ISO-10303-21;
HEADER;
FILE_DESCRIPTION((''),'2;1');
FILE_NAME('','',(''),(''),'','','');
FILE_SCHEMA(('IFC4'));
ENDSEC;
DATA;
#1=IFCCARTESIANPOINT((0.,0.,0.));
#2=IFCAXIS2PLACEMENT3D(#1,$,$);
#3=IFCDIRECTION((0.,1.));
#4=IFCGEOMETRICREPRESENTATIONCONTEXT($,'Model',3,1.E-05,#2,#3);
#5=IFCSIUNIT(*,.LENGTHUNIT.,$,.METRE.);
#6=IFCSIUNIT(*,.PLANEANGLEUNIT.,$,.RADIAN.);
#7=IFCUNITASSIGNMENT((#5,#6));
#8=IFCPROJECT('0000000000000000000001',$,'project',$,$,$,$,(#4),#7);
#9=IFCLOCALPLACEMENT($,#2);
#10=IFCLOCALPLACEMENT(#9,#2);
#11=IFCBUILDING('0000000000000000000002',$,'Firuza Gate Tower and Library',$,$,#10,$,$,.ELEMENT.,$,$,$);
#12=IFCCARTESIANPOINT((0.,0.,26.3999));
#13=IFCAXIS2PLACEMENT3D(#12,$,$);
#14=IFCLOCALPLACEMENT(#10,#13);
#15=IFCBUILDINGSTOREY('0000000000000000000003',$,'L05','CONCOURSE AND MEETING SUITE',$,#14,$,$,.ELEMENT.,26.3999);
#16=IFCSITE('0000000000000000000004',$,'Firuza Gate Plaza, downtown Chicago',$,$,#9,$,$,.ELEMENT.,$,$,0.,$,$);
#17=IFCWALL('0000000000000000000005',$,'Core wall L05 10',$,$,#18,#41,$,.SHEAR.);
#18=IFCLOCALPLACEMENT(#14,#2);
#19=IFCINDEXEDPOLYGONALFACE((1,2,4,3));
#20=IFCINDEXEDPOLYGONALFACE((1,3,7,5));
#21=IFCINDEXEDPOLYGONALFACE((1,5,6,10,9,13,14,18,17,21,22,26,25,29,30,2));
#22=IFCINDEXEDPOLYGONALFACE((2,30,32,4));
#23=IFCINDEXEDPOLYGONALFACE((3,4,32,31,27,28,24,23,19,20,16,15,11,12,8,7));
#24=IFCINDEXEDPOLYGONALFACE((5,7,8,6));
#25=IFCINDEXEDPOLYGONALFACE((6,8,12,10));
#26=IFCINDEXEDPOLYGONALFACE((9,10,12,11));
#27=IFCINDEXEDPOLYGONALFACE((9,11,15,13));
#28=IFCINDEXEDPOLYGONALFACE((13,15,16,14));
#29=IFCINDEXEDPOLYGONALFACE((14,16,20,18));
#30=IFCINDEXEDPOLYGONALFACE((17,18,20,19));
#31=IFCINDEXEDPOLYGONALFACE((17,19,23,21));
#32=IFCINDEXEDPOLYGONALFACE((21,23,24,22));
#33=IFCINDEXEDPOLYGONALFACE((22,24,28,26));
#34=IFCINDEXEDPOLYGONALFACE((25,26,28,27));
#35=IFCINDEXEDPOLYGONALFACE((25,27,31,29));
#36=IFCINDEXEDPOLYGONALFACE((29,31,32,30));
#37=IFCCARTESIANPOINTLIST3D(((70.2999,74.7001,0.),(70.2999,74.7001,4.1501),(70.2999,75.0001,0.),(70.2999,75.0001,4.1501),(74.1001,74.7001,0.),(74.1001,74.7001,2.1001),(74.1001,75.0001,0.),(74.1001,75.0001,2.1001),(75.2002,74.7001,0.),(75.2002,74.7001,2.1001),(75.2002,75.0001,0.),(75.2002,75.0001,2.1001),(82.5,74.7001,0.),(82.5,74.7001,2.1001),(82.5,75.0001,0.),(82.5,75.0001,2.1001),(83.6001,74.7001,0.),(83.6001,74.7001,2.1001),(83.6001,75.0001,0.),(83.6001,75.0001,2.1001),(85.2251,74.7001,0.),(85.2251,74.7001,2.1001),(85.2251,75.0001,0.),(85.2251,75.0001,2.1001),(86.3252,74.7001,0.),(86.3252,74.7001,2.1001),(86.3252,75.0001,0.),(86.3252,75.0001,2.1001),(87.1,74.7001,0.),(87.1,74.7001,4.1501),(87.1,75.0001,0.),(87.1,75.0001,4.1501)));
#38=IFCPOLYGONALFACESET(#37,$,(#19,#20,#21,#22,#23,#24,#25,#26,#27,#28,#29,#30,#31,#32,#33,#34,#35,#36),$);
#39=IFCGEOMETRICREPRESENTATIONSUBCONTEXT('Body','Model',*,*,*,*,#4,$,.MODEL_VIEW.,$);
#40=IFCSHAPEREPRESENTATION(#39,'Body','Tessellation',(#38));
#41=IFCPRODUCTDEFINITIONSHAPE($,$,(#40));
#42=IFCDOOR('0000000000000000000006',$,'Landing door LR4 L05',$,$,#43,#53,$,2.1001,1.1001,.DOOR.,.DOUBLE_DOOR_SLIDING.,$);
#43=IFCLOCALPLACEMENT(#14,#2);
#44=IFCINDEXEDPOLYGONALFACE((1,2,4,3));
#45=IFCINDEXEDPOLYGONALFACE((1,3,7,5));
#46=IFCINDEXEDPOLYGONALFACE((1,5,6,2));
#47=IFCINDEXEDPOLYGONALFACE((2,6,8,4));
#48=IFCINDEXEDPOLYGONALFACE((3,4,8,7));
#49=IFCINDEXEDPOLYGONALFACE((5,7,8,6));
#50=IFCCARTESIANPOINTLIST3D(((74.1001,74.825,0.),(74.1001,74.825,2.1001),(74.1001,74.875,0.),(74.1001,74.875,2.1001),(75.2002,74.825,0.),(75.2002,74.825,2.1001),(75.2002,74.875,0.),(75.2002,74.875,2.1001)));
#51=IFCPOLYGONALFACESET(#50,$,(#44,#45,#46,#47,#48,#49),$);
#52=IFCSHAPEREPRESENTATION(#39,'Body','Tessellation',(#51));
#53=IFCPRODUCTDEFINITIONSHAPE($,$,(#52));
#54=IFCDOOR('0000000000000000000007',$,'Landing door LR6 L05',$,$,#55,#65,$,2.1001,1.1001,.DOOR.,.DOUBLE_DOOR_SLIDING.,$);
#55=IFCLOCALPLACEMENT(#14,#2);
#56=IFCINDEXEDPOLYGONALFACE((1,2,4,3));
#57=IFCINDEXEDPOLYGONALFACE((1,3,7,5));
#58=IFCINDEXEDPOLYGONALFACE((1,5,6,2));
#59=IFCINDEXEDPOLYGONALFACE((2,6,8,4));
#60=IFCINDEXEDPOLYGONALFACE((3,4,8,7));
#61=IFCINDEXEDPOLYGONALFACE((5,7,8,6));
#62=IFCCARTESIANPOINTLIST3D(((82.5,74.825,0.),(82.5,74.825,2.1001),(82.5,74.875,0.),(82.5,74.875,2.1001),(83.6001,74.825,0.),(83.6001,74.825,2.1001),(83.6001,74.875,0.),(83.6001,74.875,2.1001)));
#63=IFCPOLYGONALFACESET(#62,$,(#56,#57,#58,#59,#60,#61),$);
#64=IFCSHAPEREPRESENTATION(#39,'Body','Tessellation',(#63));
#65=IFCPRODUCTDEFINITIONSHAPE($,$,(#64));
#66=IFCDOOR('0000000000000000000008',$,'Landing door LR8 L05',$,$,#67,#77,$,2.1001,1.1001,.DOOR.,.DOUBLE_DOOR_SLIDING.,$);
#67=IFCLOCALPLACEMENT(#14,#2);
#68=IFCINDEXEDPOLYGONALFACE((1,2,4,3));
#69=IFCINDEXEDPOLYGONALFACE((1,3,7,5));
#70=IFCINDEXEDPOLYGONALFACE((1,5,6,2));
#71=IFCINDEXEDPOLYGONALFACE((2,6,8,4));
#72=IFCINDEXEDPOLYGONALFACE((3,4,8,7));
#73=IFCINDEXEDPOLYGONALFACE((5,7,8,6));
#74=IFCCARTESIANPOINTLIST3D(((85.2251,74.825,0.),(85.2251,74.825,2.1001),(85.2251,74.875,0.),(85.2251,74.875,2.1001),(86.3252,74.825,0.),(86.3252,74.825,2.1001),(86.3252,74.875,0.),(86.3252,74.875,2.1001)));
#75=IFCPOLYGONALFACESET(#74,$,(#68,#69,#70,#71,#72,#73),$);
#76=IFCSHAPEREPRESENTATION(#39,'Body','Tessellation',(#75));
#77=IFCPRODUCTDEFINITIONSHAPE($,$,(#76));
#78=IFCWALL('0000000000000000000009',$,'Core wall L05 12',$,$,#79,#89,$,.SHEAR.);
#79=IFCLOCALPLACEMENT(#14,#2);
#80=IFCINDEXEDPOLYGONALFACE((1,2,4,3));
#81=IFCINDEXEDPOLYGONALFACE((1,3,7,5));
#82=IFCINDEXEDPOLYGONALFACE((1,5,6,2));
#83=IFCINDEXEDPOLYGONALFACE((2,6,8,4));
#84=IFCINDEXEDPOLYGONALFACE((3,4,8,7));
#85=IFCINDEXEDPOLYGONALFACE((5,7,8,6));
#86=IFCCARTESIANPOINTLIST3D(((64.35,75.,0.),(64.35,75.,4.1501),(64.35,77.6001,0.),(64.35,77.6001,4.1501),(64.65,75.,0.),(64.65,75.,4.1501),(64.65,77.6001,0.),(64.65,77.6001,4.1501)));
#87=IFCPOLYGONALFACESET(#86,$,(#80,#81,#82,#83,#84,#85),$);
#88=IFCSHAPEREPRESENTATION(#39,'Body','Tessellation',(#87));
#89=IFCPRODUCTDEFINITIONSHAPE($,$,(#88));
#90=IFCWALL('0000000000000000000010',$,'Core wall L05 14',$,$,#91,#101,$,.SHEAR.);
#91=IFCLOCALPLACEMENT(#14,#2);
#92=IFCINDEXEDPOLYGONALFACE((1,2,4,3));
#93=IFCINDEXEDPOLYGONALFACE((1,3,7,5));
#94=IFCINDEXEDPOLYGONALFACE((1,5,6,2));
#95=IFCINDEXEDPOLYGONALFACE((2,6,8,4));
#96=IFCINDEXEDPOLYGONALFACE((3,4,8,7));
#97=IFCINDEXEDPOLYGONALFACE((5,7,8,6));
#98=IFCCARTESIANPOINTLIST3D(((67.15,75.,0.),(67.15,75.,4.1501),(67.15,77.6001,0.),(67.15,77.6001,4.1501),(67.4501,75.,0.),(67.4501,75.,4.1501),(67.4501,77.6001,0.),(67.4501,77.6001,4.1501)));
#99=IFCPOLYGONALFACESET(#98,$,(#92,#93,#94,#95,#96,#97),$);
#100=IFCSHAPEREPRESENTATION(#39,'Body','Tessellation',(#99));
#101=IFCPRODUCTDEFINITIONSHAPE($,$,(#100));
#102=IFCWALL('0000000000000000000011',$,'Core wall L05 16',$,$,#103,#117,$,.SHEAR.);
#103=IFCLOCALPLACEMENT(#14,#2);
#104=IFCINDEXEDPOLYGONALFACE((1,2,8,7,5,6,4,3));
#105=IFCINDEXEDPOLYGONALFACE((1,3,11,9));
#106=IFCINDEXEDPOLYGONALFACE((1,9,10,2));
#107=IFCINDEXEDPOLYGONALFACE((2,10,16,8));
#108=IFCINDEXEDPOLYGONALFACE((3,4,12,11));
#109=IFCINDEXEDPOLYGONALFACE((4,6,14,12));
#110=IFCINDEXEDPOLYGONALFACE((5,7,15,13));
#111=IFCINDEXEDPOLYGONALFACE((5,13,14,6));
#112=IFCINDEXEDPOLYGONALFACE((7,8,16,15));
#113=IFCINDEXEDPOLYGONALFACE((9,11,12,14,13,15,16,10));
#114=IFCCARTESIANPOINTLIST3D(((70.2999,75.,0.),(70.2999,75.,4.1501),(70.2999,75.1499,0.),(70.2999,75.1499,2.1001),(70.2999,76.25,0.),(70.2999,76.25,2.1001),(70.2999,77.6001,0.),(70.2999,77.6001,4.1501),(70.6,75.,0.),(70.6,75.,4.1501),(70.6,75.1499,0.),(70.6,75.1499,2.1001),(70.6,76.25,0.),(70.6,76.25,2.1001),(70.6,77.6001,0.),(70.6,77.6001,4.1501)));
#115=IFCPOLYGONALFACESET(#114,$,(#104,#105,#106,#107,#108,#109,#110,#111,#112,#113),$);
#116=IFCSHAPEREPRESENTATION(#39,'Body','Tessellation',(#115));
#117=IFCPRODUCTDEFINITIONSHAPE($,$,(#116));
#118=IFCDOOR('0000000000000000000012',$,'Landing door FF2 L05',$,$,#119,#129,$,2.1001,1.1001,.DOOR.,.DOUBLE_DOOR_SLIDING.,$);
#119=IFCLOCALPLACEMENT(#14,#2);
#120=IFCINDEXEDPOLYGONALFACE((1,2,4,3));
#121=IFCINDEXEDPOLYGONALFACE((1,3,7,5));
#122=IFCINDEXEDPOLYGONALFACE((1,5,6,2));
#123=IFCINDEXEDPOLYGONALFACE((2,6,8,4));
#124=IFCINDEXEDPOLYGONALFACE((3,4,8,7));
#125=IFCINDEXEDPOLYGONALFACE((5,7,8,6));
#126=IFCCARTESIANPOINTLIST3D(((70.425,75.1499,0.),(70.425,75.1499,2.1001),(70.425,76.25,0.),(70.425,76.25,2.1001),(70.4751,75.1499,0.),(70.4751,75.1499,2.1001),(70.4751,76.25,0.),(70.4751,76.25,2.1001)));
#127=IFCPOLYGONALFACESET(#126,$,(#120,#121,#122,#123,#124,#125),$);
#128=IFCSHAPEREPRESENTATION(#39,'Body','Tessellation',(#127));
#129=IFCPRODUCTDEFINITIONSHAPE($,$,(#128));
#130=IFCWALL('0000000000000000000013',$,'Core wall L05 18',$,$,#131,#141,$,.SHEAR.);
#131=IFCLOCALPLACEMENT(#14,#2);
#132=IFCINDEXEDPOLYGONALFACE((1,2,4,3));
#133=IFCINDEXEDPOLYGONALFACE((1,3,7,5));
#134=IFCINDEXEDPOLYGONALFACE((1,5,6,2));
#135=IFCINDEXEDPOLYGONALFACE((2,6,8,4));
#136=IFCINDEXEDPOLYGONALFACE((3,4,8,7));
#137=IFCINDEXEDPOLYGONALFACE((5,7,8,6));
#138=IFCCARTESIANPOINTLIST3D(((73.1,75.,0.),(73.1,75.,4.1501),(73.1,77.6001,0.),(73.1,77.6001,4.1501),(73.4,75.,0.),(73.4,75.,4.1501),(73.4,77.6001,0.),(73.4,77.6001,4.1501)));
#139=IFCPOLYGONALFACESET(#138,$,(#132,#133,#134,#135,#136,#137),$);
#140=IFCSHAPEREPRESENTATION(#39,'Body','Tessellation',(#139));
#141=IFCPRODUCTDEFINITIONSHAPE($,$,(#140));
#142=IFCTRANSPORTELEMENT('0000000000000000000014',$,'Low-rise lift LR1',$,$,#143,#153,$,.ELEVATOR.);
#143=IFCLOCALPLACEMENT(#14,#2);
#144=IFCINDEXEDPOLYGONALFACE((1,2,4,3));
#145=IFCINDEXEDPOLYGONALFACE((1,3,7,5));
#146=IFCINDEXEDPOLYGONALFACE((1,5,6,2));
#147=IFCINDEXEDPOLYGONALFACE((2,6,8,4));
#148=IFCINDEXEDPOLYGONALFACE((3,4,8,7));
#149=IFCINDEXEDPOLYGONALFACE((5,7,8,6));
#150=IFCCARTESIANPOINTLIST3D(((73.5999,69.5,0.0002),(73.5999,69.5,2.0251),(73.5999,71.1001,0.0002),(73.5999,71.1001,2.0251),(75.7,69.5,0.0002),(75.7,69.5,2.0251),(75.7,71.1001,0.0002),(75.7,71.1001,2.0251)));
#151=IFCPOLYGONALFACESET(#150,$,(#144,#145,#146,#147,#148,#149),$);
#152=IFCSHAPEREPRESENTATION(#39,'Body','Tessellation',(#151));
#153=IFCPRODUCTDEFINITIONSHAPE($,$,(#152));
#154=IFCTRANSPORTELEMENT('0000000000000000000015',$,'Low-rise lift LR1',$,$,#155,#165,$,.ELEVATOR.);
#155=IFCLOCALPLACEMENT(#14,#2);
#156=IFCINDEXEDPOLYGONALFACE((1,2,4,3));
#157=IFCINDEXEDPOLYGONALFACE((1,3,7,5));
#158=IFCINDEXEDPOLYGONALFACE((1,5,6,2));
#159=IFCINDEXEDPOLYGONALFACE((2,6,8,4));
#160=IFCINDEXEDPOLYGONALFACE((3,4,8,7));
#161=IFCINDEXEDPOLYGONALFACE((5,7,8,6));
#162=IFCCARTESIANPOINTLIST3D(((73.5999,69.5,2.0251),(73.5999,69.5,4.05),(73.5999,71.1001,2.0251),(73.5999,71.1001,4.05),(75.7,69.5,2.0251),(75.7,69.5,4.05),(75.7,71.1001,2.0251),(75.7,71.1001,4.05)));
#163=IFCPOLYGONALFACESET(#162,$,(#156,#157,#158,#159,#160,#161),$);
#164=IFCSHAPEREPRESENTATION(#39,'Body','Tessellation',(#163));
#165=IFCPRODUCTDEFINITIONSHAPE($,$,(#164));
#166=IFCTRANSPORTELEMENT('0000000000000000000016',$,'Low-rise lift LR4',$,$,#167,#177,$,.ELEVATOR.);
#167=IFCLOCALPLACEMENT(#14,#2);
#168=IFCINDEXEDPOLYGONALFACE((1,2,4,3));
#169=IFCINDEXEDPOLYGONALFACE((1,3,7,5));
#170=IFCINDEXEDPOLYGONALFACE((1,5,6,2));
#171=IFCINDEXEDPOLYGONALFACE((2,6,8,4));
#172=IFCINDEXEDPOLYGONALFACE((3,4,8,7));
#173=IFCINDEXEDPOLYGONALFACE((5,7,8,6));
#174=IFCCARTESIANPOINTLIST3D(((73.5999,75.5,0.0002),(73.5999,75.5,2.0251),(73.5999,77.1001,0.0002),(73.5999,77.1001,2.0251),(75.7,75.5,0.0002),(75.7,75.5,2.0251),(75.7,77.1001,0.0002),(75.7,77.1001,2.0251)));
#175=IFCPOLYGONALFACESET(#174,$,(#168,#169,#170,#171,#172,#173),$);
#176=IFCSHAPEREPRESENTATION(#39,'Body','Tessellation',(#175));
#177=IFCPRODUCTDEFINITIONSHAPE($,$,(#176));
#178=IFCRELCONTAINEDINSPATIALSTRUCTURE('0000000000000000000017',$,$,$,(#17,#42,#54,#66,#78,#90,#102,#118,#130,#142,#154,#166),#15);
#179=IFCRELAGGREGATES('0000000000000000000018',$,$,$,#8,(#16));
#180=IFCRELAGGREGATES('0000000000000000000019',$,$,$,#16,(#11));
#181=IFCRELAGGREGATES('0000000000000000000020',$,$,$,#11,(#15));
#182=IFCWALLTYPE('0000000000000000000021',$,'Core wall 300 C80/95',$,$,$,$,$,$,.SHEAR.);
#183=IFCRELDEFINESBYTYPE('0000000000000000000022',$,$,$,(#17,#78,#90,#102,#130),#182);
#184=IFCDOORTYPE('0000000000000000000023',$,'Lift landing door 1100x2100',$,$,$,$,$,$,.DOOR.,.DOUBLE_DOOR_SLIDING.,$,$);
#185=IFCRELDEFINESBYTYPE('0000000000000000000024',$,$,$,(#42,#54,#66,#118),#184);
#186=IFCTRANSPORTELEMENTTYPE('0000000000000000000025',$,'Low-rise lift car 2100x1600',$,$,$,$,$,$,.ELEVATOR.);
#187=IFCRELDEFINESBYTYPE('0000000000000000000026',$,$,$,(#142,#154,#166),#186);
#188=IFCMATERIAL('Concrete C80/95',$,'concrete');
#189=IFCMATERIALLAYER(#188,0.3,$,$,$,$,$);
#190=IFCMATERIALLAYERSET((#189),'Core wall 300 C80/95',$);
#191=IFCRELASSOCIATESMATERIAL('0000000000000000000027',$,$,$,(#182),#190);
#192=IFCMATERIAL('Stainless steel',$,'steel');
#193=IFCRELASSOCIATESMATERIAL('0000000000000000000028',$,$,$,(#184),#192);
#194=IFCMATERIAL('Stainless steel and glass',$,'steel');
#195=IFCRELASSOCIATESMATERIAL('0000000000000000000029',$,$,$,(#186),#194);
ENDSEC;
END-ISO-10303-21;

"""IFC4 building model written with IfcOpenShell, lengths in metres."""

from ifc_helpers import new_model, si_unit, direction, frame, frame_2d, origin, origin_2d, place, context, subcontext, project, spatial, rectangle, extrude, material, layer, layer_set, type_object, element, fill, save


model = new_model("IFC4")

# Units and contexts
model_context = context("Model", 3, precision=1e-05, world=origin(), true_north=direction((0.0, 1.0)))
body_context = subcontext(model_context, "Body", "Model", "MODEL_VIEW")
ifc_project = project(units=[si_unit("LENGTHUNIT", "METRE"), si_unit("PLANEANGLEUNIT", "RADIAN")], contexts=[model_context])

# Site, building, storey
site_placement = place(None, origin())
site = spatial("IfcSite", under=ifc_project, at=site_placement, Name="Firuza Gate Plaza, downtown Chicago", CompositionType="ELEMENT", RefElevation=0.0)
building_placement = place(site_placement, origin())
building = spatial("IfcBuilding", under=site, at=building_placement, Name="Firuza Gate Tower and Library", CompositionType="ELEMENT")
storey_placement = place(building_placement, frame((0.0, 0.0, 26.3999)))
storey = spatial("IfcBuildingStorey", under=building, at=storey_placement, Name="L05", Description="CONCOURSE AND MEETING SUITE", CompositionType="ELEMENT", Elevation=26.3999)

# Shared definitions
ifc_material_1 = material(Name="Concrete C80/95", Category="concrete")
ifc_layer_1 = layer(ifc_material_1, 0.3)
ifc_layer_set_1 = layer_set([ifc_layer_1], Name="Core wall 300 C80/95")
wall_type_1 = type_object("IfcWallType", Name="Core wall 300 C80/95", PredefinedType="SHEAR", material=ifc_layer_set_1)

# Shared definitions
ifc_material_2 = material(Name="Stainless steel", Category="steel")
door_type_1 = type_object("IfcDoorType", Name="Lift landing door 1100x2100", OperationType="DOUBLE_DOOR_SLIDING", PredefinedType="DOOR", material=ifc_material_2)

# Wall, openings, doors
wall_1_placement = place(storey_placement, frame((70.3, 74.8501, 0.0), z_axis=(0.0, 0.0, 1.0), x_axis=(1.0, 0.0, 0.0)))
wall_1 = element("IfcWall", 1, at=wall_1_placement, inside=storey, type_object=wall_type_1, Name="Core wall L05 10", PredefinedType="SHEAR", context=body_context, shape_type="SweptSolid", body=[
    extrude(rectangle(XDim=16.8, YDim=0.3, at=frame_2d((8.3999, 0.0))), origin(), (0.0, 0.0, 1.0), 4.1501),
])
opening_1_placement = place(wall_1_placement, frame((3.8, 0.0, 0.0)))
opening_1 = element("IfcOpeningElement", 2, at=opening_1_placement, cuts=wall_1, PredefinedType="OPENING", context=body_context, shape_type="SweptSolid", body=[
    extrude(rectangle(XDim=1.1001, YDim=2.1001, at=frame_2d((0.55, 1.05))), frame((0.0, 0.1602, 0.0), z_axis=(0.0, -1.0, 0.0), x_axis=(1.0, 0.0, 0.0)), (0.0, 0.0, 1.0), 0.3201),
])
opening_2_placement = place(wall_1_placement, frame((12.2, 0.0, 0.0)))
opening_2 = element("IfcOpeningElement", 3, at=opening_2_placement, cuts=wall_1, PredefinedType="OPENING", context=body_context, shape_type="SweptSolid", body=[
    extrude(rectangle(XDim=1.1001, YDim=2.1001, at=frame_2d((0.55, 1.05))), frame((0.0, 0.1602, 0.0), z_axis=(0.0, -1.0, 0.0), x_axis=(1.0, 0.0, 0.0)), (0.0, 0.0, 1.0), 0.3201),
])
opening_3_placement = place(wall_1_placement, frame((14.925, 0.0, 0.0)))
opening_3 = element("IfcOpeningElement", 4, at=opening_3_placement, cuts=wall_1, PredefinedType="OPENING", context=body_context, shape_type="SweptSolid", body=[
    extrude(rectangle(XDim=1.1001, YDim=2.1001, at=frame_2d((0.55, 1.05))), frame((0.0, 0.1602, 0.0), z_axis=(0.0, -1.0, 0.0), x_axis=(1.0, 0.0, 0.0)), (0.0, 0.0, 1.0), 0.3201),
])
door_1_placement = place(opening_1_placement, origin())
door_1 = element("IfcDoor", 5, at=door_1_placement, inside=storey, type_object=door_type_1, Name="Landing door LR4 L05", OperationType="DOUBLE_DOOR_SLIDING", OverallHeight=2.1001, OverallWidth=1.1001, PredefinedType="DOOR", context=body_context, shape_type="SweptSolid", body=[
    extrude(rectangle(XDim=1.1001, YDim=2.1001, at=frame_2d((0.55, 1.05))), frame((0.0, 0.0249, 0.0), z_axis=(0.0, -1.0, 0.0), x_axis=(1.0, 0.0, 0.0)), (0.0, 0.0, 1.0), 0.05),
])
fill(opening_1, door_1)
door_2_placement = place(opening_2_placement, origin())
door_2 = element("IfcDoor", 6, at=door_2_placement, inside=storey, type_object=door_type_1, Name="Landing door LR6 L05", OperationType="DOUBLE_DOOR_SLIDING", OverallHeight=2.1001, OverallWidth=1.1001, PredefinedType="DOOR", context=body_context, shape_type="SweptSolid", body=[
    extrude(rectangle(XDim=1.1001, YDim=2.1001, at=frame_2d((0.55, 1.05))), frame((0.0, 0.0249, 0.0), z_axis=(0.0, -1.0, 0.0), x_axis=(1.0, 0.0, 0.0)), (0.0, 0.0, 1.0), 0.05),
])
fill(opening_2, door_2)
door_3_placement = place(opening_3_placement, origin())
door_3 = element("IfcDoor", 7, at=door_3_placement, inside=storey, type_object=door_type_1, Name="Landing door LR8 L05", OperationType="DOUBLE_DOOR_SLIDING", OverallHeight=2.1001, OverallWidth=1.1001, PredefinedType="DOOR", context=body_context, shape_type="SweptSolid", body=[
    extrude(rectangle(XDim=1.1001, YDim=2.1001, at=frame_2d((0.55, 1.05))), frame((0.0, 0.0249, 0.0), z_axis=(0.0, -1.0, 0.0), x_axis=(1.0, 0.0, 0.0)), (0.0, 0.0, 1.0), 0.05),
])
fill(opening_3, door_3)

# Walls
for number, where, z_axis, x_axis, name in (
    (8, (64.5, 75.0, 0.0), (0.0, 0.0, 1.0), (0.0, 1.0, 0.0), "Core wall L05 12"),
    (9, (67.3, 75.0, 0.0), (0.0, 0.0, 1.0), (0.0, 1.0, 0.0), "Core wall L05 14"),
):
    element("IfcWall", number, at=place(storey_placement, frame(where, z_axis=z_axis, x_axis=x_axis)), inside=storey, type_object=wall_type_1, Name=name, PredefinedType="SHEAR", context=body_context, shape_type="SweptSolid", body=[
        extrude(rectangle(XDim=2.6001, YDim=0.3, at=frame_2d((1.3, 0.0))), origin(), (0.0, 0.0, 1.0), 4.1501),
    ])

# Wall, opening, door
wall_2_placement = place(storey_placement, frame((70.45, 75.0, 0.0), z_axis=(0.0, 0.0, 1.0), x_axis=(0.0, 1.0, 0.0)))
wall_2 = element("IfcWall", 10, at=wall_2_placement, inside=storey, type_object=wall_type_1, Name="Core wall L05 16", PredefinedType="SHEAR", context=body_context, shape_type="SweptSolid", body=[
    extrude(rectangle(XDim=2.6001, YDim=0.3, at=frame_2d((1.3, 0.0))), origin(), (0.0, 0.0, 1.0), 4.1501),
])
opening_4_placement = place(wall_2_placement, frame((0.1499, 0.0, 0.0)))
opening_4 = element("IfcOpeningElement", 11, at=opening_4_placement, cuts=wall_2, PredefinedType="OPENING", context=body_context, shape_type="SweptSolid", body=[
    extrude(rectangle(XDim=1.1001, YDim=2.1001, at=frame_2d((0.55, 1.05))), frame((0.0, 0.1602, 0.0), z_axis=(0.0, -1.0, 0.0), x_axis=(1.0, 0.0, 0.0)), (0.0, 0.0, 1.0), 0.3201),
])
door_4_placement = place(opening_4_placement, origin())
door_4 = element("IfcDoor", 12, at=door_4_placement, inside=storey, type_object=door_type_1, Name="Landing door FF2 L05", OperationType="DOUBLE_DOOR_SLIDING", OverallHeight=2.1001, OverallWidth=1.1001, PredefinedType="DOOR", context=body_context, shape_type="SweptSolid", body=[
    extrude(rectangle(XDim=1.1001, YDim=2.1001, at=frame_2d((0.55, 1.05))), frame((0.0, 0.0249, 0.0), z_axis=(0.0, -1.0, 0.0), x_axis=(1.0, 0.0, 0.0)), (0.0, 0.0, 1.0), 0.05),
])
fill(opening_4, door_4)

# Wall
wall_3_placement = place(storey_placement, frame((73.25, 75.0, 0.0), z_axis=(0.0, 0.0, 1.0), x_axis=(0.0, 1.0, 0.0)))
element("IfcWall", 13, at=wall_3_placement, inside=storey, type_object=wall_type_1, Name="Core wall L05 18", PredefinedType="SHEAR", context=body_context, shape_type="SweptSolid", body=[
    extrude(rectangle(XDim=2.6001, YDim=0.3, at=frame_2d((1.3, 0.0))), origin(), (0.0, 0.0, 1.0), 4.1501),
])

# Transport elements
ifc_material_3 = material(Name="Stainless steel and glass", Category="steel")
transport_element_type = type_object("IfcTransportElementType", Name="Low-rise lift car 2100x1600", PredefinedType="ELEVATOR", material=ifc_material_3)
for number, where, z_axis, x_axis, name in (
    (14, (74.6499, 70.3, 0.0002), (0.0, 0.0, 1.0), (1.0, 0.0, 0.0), "Low-rise lift LR1"),
    (15, (74.6499, 70.3, 2.0251), (0.0, 0.0, 1.0), (1.0, 0.0, 0.0), "Low-rise lift LR1"),
    (16, (74.6499, 76.3, 0.0002), (0.0, 0.0, 1.0), (1.0, 0.0, 0.0), "Low-rise lift LR4"),
):
    element("IfcTransportElement", number, at=place(storey_placement, frame(where, z_axis=z_axis, x_axis=x_axis)), inside=storey, type_object=transport_element_type, Name=name, PredefinedType="ELEVATOR", context=body_context, shape_type="SweptSolid", body=[
        extrude(rectangle(XDim=2.1001, YDim=1.6001, at=origin_2d()), origin(), (0.0, 0.0, 1.0), 2.0249),
    ])

save(model, "model.ifc")
